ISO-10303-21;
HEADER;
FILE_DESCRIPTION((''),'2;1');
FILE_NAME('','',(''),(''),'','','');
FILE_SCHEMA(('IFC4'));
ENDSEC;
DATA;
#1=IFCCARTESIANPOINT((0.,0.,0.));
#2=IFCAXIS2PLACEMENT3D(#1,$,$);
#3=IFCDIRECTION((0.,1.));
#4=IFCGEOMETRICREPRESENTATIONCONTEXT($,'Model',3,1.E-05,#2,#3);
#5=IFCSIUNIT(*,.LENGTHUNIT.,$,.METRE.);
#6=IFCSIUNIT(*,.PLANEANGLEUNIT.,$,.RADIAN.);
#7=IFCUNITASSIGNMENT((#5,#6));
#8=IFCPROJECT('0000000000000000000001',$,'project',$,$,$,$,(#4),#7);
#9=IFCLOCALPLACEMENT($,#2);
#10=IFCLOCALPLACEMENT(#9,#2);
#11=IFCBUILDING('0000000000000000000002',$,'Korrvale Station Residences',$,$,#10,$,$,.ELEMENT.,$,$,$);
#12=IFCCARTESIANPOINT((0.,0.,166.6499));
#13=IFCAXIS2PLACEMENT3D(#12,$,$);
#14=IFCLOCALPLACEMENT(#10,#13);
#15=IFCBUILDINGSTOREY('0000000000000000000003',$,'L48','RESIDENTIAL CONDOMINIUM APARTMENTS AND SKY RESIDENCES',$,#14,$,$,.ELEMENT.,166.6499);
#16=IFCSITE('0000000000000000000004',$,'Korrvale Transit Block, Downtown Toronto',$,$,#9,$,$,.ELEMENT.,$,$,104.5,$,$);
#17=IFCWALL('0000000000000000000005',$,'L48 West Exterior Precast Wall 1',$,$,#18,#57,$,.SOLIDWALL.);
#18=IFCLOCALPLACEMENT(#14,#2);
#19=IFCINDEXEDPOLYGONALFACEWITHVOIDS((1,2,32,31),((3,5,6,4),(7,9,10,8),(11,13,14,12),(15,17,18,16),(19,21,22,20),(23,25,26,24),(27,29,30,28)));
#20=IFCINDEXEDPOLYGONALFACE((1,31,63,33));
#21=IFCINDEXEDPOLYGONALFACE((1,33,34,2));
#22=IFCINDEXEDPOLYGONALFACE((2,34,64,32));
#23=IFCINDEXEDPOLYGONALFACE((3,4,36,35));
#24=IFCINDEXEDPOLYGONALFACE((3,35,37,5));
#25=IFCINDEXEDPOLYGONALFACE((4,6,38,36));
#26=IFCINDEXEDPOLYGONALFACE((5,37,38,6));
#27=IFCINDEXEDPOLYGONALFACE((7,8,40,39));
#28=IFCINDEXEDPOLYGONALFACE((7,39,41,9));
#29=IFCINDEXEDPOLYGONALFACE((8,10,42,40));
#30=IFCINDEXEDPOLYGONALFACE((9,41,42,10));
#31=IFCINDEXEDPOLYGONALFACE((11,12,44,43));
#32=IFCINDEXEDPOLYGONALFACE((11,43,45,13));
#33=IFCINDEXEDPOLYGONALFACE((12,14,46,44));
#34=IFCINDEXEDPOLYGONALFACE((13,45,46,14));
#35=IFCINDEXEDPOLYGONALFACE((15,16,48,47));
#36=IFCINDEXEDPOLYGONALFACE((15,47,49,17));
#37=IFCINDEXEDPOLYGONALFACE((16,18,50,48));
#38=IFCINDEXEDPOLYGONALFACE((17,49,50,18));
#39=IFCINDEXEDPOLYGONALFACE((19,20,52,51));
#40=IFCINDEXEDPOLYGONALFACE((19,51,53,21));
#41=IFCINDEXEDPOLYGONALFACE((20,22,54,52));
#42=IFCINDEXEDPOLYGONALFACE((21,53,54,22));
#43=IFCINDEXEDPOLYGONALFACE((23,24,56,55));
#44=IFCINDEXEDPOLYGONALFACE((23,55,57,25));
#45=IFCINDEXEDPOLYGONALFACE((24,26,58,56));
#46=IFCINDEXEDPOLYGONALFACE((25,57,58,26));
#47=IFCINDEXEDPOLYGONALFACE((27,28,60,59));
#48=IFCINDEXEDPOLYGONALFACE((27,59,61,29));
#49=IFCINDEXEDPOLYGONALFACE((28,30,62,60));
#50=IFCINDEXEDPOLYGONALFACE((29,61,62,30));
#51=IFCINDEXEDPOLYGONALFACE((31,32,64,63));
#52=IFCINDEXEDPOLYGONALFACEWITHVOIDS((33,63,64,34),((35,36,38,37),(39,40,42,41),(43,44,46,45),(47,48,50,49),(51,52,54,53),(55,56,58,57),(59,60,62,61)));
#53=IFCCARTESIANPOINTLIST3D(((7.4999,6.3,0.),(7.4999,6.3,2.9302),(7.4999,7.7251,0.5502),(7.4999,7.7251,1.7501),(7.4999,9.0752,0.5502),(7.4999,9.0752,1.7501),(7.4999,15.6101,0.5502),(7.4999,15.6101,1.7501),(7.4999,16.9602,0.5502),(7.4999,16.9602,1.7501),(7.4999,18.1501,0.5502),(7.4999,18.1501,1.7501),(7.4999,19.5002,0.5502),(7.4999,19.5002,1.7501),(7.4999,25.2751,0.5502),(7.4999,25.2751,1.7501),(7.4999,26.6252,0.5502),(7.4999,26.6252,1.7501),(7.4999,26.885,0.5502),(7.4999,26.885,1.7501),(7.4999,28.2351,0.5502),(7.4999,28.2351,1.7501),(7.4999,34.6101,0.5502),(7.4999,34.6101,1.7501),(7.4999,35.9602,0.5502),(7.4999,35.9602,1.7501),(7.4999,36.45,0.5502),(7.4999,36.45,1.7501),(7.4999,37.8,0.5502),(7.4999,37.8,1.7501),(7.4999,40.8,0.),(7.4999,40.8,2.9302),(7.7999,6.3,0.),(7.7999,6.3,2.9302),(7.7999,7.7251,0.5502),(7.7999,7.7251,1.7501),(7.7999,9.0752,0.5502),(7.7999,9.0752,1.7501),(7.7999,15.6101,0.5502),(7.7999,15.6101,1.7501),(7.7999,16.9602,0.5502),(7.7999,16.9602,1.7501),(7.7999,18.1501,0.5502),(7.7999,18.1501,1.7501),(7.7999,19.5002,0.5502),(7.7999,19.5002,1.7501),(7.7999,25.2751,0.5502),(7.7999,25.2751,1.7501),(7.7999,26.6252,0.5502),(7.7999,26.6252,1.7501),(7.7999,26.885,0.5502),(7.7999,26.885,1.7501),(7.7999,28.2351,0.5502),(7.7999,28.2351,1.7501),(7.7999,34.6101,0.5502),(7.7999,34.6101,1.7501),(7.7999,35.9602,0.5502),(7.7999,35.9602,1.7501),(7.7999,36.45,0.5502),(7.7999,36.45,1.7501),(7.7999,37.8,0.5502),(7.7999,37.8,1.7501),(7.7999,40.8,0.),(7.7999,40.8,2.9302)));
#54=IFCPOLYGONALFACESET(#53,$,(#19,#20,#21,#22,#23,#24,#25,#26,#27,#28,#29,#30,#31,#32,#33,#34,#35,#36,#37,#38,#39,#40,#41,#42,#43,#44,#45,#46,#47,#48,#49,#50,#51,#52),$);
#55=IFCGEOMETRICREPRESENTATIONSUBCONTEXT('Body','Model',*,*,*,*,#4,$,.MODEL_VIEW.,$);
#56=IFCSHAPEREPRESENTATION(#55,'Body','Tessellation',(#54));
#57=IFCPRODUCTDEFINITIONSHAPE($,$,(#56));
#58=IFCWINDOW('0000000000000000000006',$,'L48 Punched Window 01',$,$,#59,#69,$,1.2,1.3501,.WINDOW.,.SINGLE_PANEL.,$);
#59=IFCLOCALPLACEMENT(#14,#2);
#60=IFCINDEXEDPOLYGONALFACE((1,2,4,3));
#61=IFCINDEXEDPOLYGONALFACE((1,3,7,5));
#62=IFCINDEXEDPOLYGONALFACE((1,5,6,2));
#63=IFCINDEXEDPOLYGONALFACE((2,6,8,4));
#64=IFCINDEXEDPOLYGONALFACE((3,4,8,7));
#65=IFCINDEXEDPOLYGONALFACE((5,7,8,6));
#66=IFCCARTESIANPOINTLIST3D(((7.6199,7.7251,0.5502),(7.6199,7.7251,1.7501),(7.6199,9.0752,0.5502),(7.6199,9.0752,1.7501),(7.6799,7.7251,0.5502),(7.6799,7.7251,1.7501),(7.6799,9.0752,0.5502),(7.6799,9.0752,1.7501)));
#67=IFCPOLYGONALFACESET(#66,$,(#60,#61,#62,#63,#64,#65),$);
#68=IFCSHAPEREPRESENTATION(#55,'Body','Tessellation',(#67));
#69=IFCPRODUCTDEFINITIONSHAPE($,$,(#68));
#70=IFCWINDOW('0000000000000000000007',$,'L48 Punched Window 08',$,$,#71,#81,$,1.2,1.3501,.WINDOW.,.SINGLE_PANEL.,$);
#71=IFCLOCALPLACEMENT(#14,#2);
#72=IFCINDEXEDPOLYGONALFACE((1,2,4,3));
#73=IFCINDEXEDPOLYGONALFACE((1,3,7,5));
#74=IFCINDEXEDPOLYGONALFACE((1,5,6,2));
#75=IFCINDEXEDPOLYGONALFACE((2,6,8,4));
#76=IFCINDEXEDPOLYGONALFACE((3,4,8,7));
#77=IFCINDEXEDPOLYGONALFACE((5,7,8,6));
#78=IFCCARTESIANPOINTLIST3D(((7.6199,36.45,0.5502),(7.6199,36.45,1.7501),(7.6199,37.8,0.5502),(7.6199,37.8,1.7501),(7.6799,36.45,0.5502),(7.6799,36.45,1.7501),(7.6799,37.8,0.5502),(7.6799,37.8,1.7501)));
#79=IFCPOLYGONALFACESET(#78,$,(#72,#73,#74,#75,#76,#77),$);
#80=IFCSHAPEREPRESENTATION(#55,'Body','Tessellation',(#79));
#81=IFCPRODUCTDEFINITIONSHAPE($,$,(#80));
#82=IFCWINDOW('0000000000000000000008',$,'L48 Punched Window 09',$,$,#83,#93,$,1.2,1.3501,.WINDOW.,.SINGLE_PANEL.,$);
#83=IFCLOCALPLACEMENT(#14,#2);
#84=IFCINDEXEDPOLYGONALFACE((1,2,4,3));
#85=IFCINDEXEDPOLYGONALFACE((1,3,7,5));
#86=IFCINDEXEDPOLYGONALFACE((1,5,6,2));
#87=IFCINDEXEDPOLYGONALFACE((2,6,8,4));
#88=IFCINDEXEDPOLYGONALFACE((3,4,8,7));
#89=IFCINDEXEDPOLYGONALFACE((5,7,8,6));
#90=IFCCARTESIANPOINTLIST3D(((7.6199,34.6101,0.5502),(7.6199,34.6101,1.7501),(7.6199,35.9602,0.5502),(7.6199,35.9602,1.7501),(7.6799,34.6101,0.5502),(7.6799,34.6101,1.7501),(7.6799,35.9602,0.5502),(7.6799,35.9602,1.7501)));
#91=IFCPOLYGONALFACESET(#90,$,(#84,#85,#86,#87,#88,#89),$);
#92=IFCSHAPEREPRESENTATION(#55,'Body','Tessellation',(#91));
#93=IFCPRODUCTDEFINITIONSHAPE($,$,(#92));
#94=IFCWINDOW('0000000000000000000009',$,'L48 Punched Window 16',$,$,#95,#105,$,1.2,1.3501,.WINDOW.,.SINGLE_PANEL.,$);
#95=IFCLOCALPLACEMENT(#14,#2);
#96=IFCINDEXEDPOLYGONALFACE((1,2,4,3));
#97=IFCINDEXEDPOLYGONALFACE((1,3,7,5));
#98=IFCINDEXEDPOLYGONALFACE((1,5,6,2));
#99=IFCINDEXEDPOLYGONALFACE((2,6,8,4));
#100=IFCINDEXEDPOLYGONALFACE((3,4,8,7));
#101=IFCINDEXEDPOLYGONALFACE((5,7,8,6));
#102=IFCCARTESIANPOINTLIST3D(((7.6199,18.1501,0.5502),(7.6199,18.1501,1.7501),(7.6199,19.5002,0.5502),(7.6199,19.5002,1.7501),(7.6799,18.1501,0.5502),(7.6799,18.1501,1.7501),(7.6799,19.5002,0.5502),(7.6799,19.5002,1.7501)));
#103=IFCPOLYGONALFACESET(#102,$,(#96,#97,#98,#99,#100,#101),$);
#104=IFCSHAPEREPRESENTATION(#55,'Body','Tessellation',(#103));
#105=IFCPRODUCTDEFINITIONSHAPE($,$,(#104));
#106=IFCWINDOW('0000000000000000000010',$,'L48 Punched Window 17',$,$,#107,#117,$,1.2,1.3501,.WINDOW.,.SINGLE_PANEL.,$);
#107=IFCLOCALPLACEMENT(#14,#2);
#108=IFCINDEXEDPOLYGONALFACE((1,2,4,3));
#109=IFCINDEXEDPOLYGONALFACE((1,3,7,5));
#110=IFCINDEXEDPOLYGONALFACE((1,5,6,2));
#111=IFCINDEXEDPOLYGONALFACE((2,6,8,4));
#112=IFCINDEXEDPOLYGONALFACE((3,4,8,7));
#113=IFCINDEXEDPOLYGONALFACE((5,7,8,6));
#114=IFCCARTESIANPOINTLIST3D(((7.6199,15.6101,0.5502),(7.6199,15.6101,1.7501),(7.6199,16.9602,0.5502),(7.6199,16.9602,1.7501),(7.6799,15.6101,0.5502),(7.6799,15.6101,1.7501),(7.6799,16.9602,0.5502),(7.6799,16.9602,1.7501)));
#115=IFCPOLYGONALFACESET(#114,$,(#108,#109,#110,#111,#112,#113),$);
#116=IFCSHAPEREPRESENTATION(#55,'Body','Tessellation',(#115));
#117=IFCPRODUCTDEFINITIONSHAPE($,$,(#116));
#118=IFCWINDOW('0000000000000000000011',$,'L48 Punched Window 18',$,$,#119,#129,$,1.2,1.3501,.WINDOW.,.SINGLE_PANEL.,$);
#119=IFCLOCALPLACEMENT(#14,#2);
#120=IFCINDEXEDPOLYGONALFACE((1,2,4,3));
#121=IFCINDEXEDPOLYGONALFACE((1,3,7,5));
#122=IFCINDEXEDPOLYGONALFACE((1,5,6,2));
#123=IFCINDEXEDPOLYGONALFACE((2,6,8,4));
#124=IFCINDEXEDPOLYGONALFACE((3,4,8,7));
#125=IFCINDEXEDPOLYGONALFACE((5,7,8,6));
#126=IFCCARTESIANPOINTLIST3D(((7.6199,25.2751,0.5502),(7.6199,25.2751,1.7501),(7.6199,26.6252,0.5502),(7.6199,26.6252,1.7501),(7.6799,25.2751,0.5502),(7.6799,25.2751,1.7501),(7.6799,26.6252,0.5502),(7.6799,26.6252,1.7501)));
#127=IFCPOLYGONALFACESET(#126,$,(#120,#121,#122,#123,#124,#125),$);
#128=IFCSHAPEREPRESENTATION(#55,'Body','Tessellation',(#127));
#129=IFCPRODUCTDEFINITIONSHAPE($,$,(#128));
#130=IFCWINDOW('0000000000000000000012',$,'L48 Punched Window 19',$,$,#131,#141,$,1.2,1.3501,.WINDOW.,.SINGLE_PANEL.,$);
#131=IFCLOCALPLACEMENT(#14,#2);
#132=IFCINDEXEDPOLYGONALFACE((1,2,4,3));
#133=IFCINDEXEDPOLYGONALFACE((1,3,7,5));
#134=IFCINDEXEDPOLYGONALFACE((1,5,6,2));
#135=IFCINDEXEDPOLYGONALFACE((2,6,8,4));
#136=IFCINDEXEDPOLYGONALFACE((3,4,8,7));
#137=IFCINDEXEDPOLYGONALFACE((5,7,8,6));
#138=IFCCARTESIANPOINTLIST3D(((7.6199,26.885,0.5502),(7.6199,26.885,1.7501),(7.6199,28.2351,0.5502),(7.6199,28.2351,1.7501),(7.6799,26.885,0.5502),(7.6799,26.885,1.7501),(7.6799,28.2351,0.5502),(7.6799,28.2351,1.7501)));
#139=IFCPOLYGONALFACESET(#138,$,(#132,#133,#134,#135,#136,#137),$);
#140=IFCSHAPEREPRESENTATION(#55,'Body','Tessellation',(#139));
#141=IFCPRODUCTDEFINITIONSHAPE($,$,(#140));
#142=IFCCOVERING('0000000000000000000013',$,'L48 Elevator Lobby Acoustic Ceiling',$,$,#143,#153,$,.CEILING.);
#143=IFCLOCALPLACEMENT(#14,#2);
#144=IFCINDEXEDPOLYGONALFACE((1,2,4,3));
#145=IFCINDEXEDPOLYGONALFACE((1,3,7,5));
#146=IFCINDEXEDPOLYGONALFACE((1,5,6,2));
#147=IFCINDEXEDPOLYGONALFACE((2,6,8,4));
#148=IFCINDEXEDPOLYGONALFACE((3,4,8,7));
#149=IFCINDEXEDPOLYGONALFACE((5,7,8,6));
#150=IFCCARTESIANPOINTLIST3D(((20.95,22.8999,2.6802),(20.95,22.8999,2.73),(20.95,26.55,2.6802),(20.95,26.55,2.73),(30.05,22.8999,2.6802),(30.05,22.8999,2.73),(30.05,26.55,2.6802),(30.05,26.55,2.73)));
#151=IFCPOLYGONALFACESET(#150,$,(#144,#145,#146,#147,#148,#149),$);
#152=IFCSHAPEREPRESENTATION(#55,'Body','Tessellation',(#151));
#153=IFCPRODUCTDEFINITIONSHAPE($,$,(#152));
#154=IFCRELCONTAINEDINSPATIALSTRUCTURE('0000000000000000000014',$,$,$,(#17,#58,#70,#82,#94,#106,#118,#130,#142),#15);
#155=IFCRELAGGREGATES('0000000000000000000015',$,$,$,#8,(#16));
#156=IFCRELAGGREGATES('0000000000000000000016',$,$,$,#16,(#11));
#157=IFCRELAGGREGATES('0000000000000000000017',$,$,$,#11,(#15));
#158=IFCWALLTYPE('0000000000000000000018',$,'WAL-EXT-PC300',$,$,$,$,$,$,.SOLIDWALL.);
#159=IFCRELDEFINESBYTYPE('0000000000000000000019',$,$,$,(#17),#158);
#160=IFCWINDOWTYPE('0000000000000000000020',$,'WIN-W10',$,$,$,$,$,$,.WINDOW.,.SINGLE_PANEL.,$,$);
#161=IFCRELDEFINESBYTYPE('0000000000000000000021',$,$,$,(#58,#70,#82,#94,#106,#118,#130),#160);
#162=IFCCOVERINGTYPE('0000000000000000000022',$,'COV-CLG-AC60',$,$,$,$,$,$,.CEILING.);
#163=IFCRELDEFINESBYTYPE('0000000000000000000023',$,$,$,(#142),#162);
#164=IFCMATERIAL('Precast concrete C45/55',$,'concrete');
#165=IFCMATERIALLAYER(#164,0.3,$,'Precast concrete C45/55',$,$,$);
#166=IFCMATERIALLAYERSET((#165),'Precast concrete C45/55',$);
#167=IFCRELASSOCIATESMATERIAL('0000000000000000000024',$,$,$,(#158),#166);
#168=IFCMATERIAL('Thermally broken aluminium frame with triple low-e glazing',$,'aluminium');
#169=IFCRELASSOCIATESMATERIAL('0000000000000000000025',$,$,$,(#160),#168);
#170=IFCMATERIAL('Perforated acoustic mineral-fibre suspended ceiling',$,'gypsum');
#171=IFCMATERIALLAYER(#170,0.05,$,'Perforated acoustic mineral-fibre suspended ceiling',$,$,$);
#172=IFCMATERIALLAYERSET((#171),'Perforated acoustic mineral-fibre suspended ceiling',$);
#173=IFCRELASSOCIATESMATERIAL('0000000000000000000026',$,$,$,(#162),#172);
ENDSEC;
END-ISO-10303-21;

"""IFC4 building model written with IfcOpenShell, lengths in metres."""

from ifc_helpers import new_model, si_unit, direction, frame, frame_2d, origin, place, context, subcontext, project, spatial, polyline, rectangle, outline, extrude, material, layer, layer_set, type_object, element, fill, save


model = new_model("IFC4")

# Units and contexts
model_context = context("Model", 3, precision=1e-05, world=origin(), true_north=direction((0.0, 1.0)))
body_context = subcontext(model_context, "Body", "Model", "MODEL_VIEW")
ifc_project = project(units=[si_unit("LENGTHUNIT", "METRE"), si_unit("PLANEANGLEUNIT", "RADIAN")], contexts=[model_context])

# Site, building, storey
site_placement = place(None, origin())
site = spatial("IfcSite", under=ifc_project, at=site_placement, Name="Korrvale Transit Block, Downtown Toronto", CompositionType="ELEMENT", RefElevation=104.5)
building_placement = place(site_placement, origin())
building = spatial("IfcBuilding", under=site, at=building_placement, Name="Korrvale Station Residences", CompositionType="ELEMENT")
storey_placement = place(building_placement, frame((0.0, 0.0, 166.6499)))
storey = spatial("IfcBuildingStorey", under=building, at=storey_placement, Name="L48", Description="RESIDENTIAL CONDOMINIUM APARTMENTS AND SKY RESIDENCES", CompositionType="ELEMENT", Elevation=166.6499)

# Shared definitions
ifc_material_1 = material(Name="Precast concrete C45/55", Category="concrete")
ifc_layer_1 = layer(ifc_material_1, 0.3, Name="Precast concrete C45/55")
ifc_layer_set_1 = layer_set([ifc_layer_1], Name="Precast concrete C45/55")
wall_type_1 = type_object("IfcWallType", Name="WAL-EXT-PC300", PredefinedType="SOLIDWALL", material=ifc_layer_set_1)

# Wall, openings, windows
wall_1_placement = place(storey_placement, frame((7.6499, 6.3, 0.0), z_axis=(0.0, 0.0, 1.0), x_axis=(0.0, 1.0, 0.0)))
wall_1 = element("IfcWall", 1, at=wall_1_placement, inside=storey, type_object=wall_type_1, Name="L48 West Exterior Precast Wall 1", PredefinedType="SOLIDWALL", context=body_context, shape_type="SweptSolid", body=[
    extrude(rectangle(XDim=34.5, YDim=0.3, at=frame_2d((17.25, 0.0))), origin(), (0.0, 0.0, 1.0), 2.9302),
])
opening_1_placement = place(wall_1_placement, frame((1.425, 0.0, 0.55)))
opening_1 = element("IfcOpeningElement", 2, at=opening_1_placement, cuts=wall_1, PredefinedType="OPENING", context=body_context, shape_type="SweptSolid", body=[
    extrude(rectangle(XDim=1.3501, YDim=1.2, at=frame_2d((0.675, 0.6001))), frame((0.0, 0.1602, 0.0), z_axis=(0.0, -1.0, 0.0), x_axis=(1.0, 0.0, 0.0)), (0.0, 0.0, 1.0), 0.3201),
])
opening_2_placement = place(wall_1_placement, frame((30.1499, 0.0, 0.55)))
opening_2 = element("IfcOpeningElement", 3, at=opening_2_placement, cuts=wall_1, PredefinedType="OPENING", context=body_context, shape_type="SweptSolid", body=[
    extrude(rectangle(XDim=1.3501, YDim=1.2, at=frame_2d((0.675, 0.6001))), frame((0.0, 0.1602, 0.0), z_axis=(0.0, -1.0, 0.0), x_axis=(1.0, 0.0, 0.0)), (0.0, 0.0, 1.0), 0.3201),
])
opening_3_placement = place(wall_1_placement, frame((28.3101, 0.0, 0.55)))
opening_3 = element("IfcOpeningElement", 4, at=opening_3_placement, cuts=wall_1, PredefinedType="OPENING", context=body_context, shape_type="SweptSolid", body=[
    extrude(rectangle(XDim=1.3501, YDim=1.2, at=frame_2d((0.675, 0.6001))), frame((0.0, 0.1602, 0.0), z_axis=(0.0, -1.0, 0.0), x_axis=(1.0, 0.0, 0.0)), (0.0, 0.0, 1.0), 0.3201),
])
opening_4_placement = place(wall_1_placement, frame((11.8501, 0.0, 0.55)))
opening_4 = element("IfcOpeningElement", 5, at=opening_4_placement, cuts=wall_1, PredefinedType="OPENING", context=body_context, shape_type="SweptSolid", body=[
    extrude(rectangle(XDim=1.3501, YDim=1.2, at=frame_2d((0.675, 0.6001))), frame((0.0, 0.1602, 0.0), z_axis=(0.0, -1.0, 0.0), x_axis=(1.0, 0.0, 0.0)), (0.0, 0.0, 1.0), 0.3201),
])
opening_5_placement = place(wall_1_placement, frame((9.3101, 0.0, 0.55)))
opening_5 = element("IfcOpeningElement", 6, at=opening_5_placement, cuts=wall_1, PredefinedType="OPENING", context=body_context, shape_type="SweptSolid", body=[
    extrude(rectangle(XDim=1.3501, YDim=1.2, at=frame_2d((0.675, 0.6001))), frame((0.0, 0.1602, 0.0), z_axis=(0.0, -1.0, 0.0), x_axis=(1.0, 0.0, 0.0)), (0.0, 0.0, 1.0), 0.3201),
])
opening_6_placement = place(wall_1_placement, frame((18.9751, 0.0, 0.55)))
opening_6 = element("IfcOpeningElement", 7, at=opening_6_placement, cuts=wall_1, PredefinedType="OPENING", context=body_context, shape_type="SweptSolid", body=[
    extrude(rectangle(XDim=1.3501, YDim=1.2, at=frame_2d((0.675, 0.6001))), frame((0.0, 0.1602, 0.0), z_axis=(0.0, -1.0, 0.0), x_axis=(1.0, 0.0, 0.0)), (0.0, 0.0, 1.0), 0.3201),
])
opening_7_placement = place(wall_1_placement, frame((20.585, 0.0, 0.55)))
opening_7 = element("IfcOpeningElement", 8, at=opening_7_placement, cuts=wall_1, PredefinedType="OPENING", context=body_context, shape_type="SweptSolid", body=[
    extrude(rectangle(XDim=1.3501, YDim=1.2, at=frame_2d((0.675, 0.6001))), frame((0.0, 0.1602, 0.0), z_axis=(0.0, -1.0, 0.0), x_axis=(1.0, 0.0, 0.0)), (0.0, 0.0, 1.0), 0.3201),
])
ifc_material_2 = material(Name="Thermally broken aluminium frame with triple low-e glazing", Category="aluminium")
window_type = type_object("IfcWindowType", Name="WIN-W10", PartitioningType="SINGLE_PANEL", PredefinedType="WINDOW", material=ifc_material_2)
window_1_placement = place(opening_1_placement, origin())
window_1 = element("IfcWindow", 9, at=window_1_placement, inside=storey, type_object=window_type, Name="L48 Punched Window 01", OverallHeight=1.2, OverallWidth=1.3501, PartitioningType="SINGLE_PANEL", PredefinedType="WINDOW", context=body_context, shape_type="SweptSolid", body=[
    extrude(rectangle(XDim=1.3501, YDim=1.2, at=frame_2d((0.675, 0.6001))), frame((0.0, 0.03, 0.0), z_axis=(0.0, -1.0, 0.0), x_axis=(1.0, 0.0, 0.0)), (0.0, 0.0, 1.0), 0.0601),
])
fill(opening_1, window_1)
window_2_placement = place(opening_2_placement, origin())
window_2 = element("IfcWindow", 10, at=window_2_placement, inside=storey, type_object=window_type, Name="L48 Punched Window 08", OverallHeight=1.2, OverallWidth=1.3501, PartitioningType="SINGLE_PANEL", PredefinedType="WINDOW", context=body_context, shape_type="SweptSolid", body=[
    extrude(rectangle(XDim=1.3501, YDim=1.2, at=frame_2d((0.675, 0.6001))), frame((0.0, 0.03, 0.0), z_axis=(0.0, -1.0, 0.0), x_axis=(1.0, 0.0, 0.0)), (0.0, 0.0, 1.0), 0.0601),
])
fill(opening_2, window_2)
window_3_placement = place(opening_3_placement, origin())
window_3 = element("IfcWindow", 11, at=window_3_placement, inside=storey, type_object=window_type, Name="L48 Punched Window 09", OverallHeight=1.2, OverallWidth=1.3501, PartitioningType="SINGLE_PANEL", PredefinedType="WINDOW", context=body_context, shape_type="SweptSolid", body=[
    extrude(rectangle(XDim=1.3501, YDim=1.2, at=frame_2d((0.675, 0.6001))), frame((0.0, 0.03, 0.0), z_axis=(0.0, -1.0, 0.0), x_axis=(1.0, 0.0, 0.0)), (0.0, 0.0, 1.0), 0.0601),
])
fill(opening_3, window_3)
window_4_placement = place(opening_4_placement, origin())
window_4 = element("IfcWindow", 12, at=window_4_placement, inside=storey, type_object=window_type, Name="L48 Punched Window 16", OverallHeight=1.2, OverallWidth=1.3501, PartitioningType="SINGLE_PANEL", PredefinedType="WINDOW", context=body_context, shape_type="SweptSolid", body=[
    extrude(rectangle(XDim=1.3501, YDim=1.2, at=frame_2d((0.675, 0.6001))), frame((0.0, 0.03, 0.0), z_axis=(0.0, -1.0, 0.0), x_axis=(1.0, 0.0, 0.0)), (0.0, 0.0, 1.0), 0.0601),
])
fill(opening_4, window_4)
window_5_placement = place(opening_5_placement, origin())
window_5 = element("IfcWindow", 13, at=window_5_placement, inside=storey, type_object=window_type, Name="L48 Punched Window 17", OverallHeight=1.2, OverallWidth=1.3501, PartitioningType="SINGLE_PANEL", PredefinedType="WINDOW", context=body_context, shape_type="SweptSolid", body=[
    extrude(rectangle(XDim=1.3501, YDim=1.2, at=frame_2d((0.675, 0.6001))), frame((0.0, 0.03, 0.0), z_axis=(0.0, -1.0, 0.0), x_axis=(1.0, 0.0, 0.0)), (0.0, 0.0, 1.0), 0.0601),
])
fill(opening_5, window_5)
window_6_placement = place(opening_6_placement, origin())
window_6 = element("IfcWindow", 14, at=window_6_placement, inside=storey, type_object=window_type, Name="L48 Punched Window 18", OverallHeight=1.2, OverallWidth=1.3501, PartitioningType="SINGLE_PANEL", PredefinedType="WINDOW", context=body_context, shape_type="SweptSolid", body=[
    extrude(rectangle(XDim=1.3501, YDim=1.2, at=frame_2d((0.675, 0.6001))), frame((0.0, 0.03, 0.0), z_axis=(0.0, -1.0, 0.0), x_axis=(1.0, 0.0, 0.0)), (0.0, 0.0, 1.0), 0.0601),
])
fill(opening_6, window_6)
window_7_placement = place(opening_7_placement, origin())
window_7 = element("IfcWindow", 15, at=window_7_placement, inside=storey, type_object=window_type, Name="L48 Punched Window 19", OverallHeight=1.2, OverallWidth=1.3501, PartitioningType="SINGLE_PANEL", PredefinedType="WINDOW", context=body_context, shape_type="SweptSolid", body=[
    extrude(rectangle(XDim=1.3501, YDim=1.2, at=frame_2d((0.675, 0.6001))), frame((0.0, 0.03, 0.0), z_axis=(0.0, -1.0, 0.0), x_axis=(1.0, 0.0, 0.0)), (0.0, 0.0, 1.0), 0.0601),
])
fill(opening_7, window_7)

# Covering
ifc_material_3 = material(Name="Perforated acoustic mineral-fibre suspended ceiling", Category="gypsum")
ifc_layer_2 = layer(ifc_material_3, 0.05, Name="Perforated acoustic mineral-fibre suspended ceiling")
ifc_layer_set_2 = layer_set([ifc_layer_2], Name="Perforated acoustic mineral-fibre suspended ceiling")
covering_type_1 = type_object("IfcCoveringType", Name="COV-CLG-AC60", PredefinedType="CEILING", material=ifc_layer_set_2)
covering_1_placement = place(storey_placement, frame((0.0, 0.0, 2.6802)))
element("IfcCovering", 16, at=covering_1_placement, inside=storey, type_object=covering_type_1, Name="L48 Elevator Lobby Acoustic Ceiling", PredefinedType="CEILING", context=body_context, shape_type="SweptSolid", body=[
    extrude(outline(polyline([(20.95, 22.8999), (30.05, 22.8999), (30.05, 26.55), (20.95, 26.55), (20.95, 22.8999)])), origin(), (0.0, 0.0, 1.0), 0.0498),
])

save(model, "model.ifc")
